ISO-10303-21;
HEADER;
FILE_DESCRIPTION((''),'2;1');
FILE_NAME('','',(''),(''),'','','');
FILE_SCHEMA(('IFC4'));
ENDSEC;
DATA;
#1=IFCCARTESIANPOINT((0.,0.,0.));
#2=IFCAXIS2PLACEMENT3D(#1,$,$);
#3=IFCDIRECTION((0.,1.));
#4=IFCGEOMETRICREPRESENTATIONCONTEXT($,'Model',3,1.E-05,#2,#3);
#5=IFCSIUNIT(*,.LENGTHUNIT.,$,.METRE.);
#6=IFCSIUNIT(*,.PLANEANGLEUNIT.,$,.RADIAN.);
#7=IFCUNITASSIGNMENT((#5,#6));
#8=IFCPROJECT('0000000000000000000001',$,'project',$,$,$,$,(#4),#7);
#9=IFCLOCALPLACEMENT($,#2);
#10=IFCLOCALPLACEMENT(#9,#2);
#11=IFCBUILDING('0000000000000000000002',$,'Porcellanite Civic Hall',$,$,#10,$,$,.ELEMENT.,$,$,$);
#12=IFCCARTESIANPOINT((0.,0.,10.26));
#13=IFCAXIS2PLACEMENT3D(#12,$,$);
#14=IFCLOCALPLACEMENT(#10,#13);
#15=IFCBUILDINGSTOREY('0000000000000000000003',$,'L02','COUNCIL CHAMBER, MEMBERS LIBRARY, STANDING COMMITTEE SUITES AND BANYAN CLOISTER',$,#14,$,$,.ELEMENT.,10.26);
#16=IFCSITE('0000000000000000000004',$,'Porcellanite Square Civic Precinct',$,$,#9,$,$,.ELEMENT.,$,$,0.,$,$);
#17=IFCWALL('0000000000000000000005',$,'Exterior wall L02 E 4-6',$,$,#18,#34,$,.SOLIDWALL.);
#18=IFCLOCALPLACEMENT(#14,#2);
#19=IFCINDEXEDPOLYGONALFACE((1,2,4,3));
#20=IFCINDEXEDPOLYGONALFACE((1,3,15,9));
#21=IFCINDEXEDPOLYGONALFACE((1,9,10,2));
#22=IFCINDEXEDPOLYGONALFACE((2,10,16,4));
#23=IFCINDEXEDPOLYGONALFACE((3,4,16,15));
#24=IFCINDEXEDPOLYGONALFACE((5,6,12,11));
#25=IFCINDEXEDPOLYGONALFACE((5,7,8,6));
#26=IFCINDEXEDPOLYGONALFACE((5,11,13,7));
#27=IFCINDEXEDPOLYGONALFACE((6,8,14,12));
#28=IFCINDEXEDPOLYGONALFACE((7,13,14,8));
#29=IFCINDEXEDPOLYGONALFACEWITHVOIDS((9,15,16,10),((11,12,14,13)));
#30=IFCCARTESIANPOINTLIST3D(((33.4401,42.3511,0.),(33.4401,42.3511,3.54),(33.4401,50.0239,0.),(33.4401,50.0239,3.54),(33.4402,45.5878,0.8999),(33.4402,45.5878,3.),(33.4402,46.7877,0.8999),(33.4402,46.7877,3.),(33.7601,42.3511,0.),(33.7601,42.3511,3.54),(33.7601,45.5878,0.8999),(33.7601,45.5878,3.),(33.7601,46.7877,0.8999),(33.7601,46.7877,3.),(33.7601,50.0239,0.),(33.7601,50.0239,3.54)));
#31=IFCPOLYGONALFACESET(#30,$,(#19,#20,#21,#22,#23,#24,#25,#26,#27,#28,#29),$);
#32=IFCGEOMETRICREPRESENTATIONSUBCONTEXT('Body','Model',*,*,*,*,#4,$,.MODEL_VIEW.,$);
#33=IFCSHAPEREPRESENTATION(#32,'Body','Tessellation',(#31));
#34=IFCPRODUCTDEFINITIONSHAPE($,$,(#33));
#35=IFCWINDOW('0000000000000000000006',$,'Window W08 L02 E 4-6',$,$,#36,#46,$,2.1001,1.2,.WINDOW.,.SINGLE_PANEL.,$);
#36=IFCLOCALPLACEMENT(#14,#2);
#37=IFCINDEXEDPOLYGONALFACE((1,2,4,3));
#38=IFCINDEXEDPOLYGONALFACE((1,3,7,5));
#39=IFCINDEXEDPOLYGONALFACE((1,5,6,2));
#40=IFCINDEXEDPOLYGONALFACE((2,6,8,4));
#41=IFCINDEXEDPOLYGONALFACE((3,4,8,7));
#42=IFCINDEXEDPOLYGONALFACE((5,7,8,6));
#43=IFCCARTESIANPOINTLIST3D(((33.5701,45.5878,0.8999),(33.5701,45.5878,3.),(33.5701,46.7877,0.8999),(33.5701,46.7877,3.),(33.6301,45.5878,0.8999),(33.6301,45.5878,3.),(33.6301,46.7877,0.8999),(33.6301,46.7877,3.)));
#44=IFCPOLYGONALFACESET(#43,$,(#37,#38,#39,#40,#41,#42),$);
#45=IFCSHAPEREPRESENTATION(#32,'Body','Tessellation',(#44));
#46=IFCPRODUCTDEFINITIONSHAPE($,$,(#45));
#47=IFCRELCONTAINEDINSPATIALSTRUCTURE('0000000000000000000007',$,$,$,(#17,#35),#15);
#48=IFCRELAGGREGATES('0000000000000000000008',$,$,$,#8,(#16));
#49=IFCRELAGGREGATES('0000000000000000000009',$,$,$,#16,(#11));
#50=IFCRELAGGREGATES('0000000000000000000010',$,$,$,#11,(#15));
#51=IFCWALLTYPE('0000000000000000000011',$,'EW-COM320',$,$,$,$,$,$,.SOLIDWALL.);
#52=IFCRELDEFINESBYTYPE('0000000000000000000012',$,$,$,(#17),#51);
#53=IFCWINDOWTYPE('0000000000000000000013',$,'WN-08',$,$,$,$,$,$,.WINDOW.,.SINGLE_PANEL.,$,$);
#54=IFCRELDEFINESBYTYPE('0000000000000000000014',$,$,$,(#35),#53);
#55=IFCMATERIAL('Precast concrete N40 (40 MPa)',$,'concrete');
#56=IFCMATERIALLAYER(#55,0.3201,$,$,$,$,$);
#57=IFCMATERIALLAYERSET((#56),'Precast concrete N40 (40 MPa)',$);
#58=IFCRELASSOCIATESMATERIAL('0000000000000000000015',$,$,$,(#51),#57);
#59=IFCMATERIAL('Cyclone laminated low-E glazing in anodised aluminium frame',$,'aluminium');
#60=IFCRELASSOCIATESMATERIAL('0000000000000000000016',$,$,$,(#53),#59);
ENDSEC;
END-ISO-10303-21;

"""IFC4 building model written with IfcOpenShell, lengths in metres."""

from ifc_helpers import new_model, si_unit, direction, frame, frame_2d, origin, place, context, subcontext, project, spatial, rectangle, extrude, material, layer, layer_set, type_object, element, fill, save


model = new_model("IFC4")

# Units and contexts
model_context = context("Model", 3, precision=1e-05, world=origin(), true_north=direction((0.0, 1.0)))
body_context = subcontext(model_context, "Body", "Model", "MODEL_VIEW")
ifc_project = project(units=[si_unit("LENGTHUNIT", "METRE"), si_unit("PLANEANGLEUNIT", "RADIAN")], contexts=[model_context])

# Site, building, storey
site_placement = place(None, origin())
site = spatial("IfcSite", under=ifc_project, at=site_placement, Name="Porcellanite Square Civic Precinct", CompositionType="ELEMENT", RefElevation=0.0)
building_placement = place(site_placement, origin())
building = spatial("IfcBuilding", under=site, at=building_placement, Name="Porcellanite Civic Hall", CompositionType="ELEMENT")
storey_placement = place(building_placement, frame((0.0, 0.0, 10.26)))
storey = spatial("IfcBuildingStorey", under=building, at=storey_placement, Name="L02", Description="COUNCIL CHAMBER, MEMBERS LIBRARY, STANDING COMMITTEE SUITES AND BANYAN CLOISTER", CompositionType="ELEMENT", Elevation=10.26)

# Wall, opening, window
ifc_material_1 = material(Name="Precast concrete N40 (40 MPa)", Category="concrete")
ifc_layer_1 = layer(ifc_material_1, 0.3201)
ifc_layer_set_1 = layer_set([ifc_layer_1], Name="Precast concrete N40 (40 MPa)")
wall_type = type_object("IfcWallType", Name="EW-COM320", PredefinedType="SOLIDWALL", material=ifc_layer_set_1)
wall_1_placement = place(storey_placement, frame((33.6001, 50.0239, 0.0), z_axis=(0.0, 0.0, 1.0), x_axis=(0.0, -1.0, 0.0)))
wall_1 = element("IfcWall", 1, at=wall_1_placement, inside=storey, type_object=wall_type, Name="Exterior wall L02 E 4-6", PredefinedType="SOLIDWALL", context=body_context, shape_type="SweptSolid", body=[
    extrude(rectangle(XDim=7.6729, YDim=0.3201, at=frame_2d((3.8364, 0.0))), origin(), (0.0, 0.0, 1.0), 3.54),
])
opening_1_placement = place(wall_1_placement, frame((3.2361, 0.0, 0.8999)))
opening_1 = element("IfcOpeningElement", 2, at=opening_1_placement, cuts=wall_1, PredefinedType="OPENING", context=body_context, shape_type="SweptSolid", body=[
    extrude(rectangle(XDim=1.2, YDim=2.1001, at=frame_2d((0.6001, 1.05))), frame((0.0, 0.1602, 0.0), z_axis=(0.0, -1.0, 0.0), x_axis=(1.0, 0.0, 0.0)), (0.0, 0.0, 1.0), 0.3201),
])
ifc_material_2 = material(Name="Cyclone laminated low-E glazing in anodised aluminium frame", Category="aluminium")
window_type_1 = type_object("IfcWindowType", Name="WN-08", PartitioningType="SINGLE_PANEL", PredefinedType="WINDOW", material=ifc_material_2)
window_1_placement = place(opening_1_placement, origin())
window_1 = element("IfcWindow", 3, at=window_1_placement, inside=storey, type_object=window_type_1, Name="Window W08 L02 E 4-6", OverallHeight=2.1001, OverallWidth=1.2, PartitioningType="SINGLE_PANEL", PredefinedType="WINDOW", context=body_context, shape_type="SweptSolid", body=[
    extrude(rectangle(XDim=1.2, YDim=2.1001, at=frame_2d((0.6001, 1.05))), frame((0.0, 0.03, 0.0), z_axis=(0.0, -1.0, 0.0), x_axis=(1.0, 0.0, 0.0)), (0.0, 0.0, 1.0), 0.0601),
])
fill(opening_1, window_1)

save(model, "model.ifc")
